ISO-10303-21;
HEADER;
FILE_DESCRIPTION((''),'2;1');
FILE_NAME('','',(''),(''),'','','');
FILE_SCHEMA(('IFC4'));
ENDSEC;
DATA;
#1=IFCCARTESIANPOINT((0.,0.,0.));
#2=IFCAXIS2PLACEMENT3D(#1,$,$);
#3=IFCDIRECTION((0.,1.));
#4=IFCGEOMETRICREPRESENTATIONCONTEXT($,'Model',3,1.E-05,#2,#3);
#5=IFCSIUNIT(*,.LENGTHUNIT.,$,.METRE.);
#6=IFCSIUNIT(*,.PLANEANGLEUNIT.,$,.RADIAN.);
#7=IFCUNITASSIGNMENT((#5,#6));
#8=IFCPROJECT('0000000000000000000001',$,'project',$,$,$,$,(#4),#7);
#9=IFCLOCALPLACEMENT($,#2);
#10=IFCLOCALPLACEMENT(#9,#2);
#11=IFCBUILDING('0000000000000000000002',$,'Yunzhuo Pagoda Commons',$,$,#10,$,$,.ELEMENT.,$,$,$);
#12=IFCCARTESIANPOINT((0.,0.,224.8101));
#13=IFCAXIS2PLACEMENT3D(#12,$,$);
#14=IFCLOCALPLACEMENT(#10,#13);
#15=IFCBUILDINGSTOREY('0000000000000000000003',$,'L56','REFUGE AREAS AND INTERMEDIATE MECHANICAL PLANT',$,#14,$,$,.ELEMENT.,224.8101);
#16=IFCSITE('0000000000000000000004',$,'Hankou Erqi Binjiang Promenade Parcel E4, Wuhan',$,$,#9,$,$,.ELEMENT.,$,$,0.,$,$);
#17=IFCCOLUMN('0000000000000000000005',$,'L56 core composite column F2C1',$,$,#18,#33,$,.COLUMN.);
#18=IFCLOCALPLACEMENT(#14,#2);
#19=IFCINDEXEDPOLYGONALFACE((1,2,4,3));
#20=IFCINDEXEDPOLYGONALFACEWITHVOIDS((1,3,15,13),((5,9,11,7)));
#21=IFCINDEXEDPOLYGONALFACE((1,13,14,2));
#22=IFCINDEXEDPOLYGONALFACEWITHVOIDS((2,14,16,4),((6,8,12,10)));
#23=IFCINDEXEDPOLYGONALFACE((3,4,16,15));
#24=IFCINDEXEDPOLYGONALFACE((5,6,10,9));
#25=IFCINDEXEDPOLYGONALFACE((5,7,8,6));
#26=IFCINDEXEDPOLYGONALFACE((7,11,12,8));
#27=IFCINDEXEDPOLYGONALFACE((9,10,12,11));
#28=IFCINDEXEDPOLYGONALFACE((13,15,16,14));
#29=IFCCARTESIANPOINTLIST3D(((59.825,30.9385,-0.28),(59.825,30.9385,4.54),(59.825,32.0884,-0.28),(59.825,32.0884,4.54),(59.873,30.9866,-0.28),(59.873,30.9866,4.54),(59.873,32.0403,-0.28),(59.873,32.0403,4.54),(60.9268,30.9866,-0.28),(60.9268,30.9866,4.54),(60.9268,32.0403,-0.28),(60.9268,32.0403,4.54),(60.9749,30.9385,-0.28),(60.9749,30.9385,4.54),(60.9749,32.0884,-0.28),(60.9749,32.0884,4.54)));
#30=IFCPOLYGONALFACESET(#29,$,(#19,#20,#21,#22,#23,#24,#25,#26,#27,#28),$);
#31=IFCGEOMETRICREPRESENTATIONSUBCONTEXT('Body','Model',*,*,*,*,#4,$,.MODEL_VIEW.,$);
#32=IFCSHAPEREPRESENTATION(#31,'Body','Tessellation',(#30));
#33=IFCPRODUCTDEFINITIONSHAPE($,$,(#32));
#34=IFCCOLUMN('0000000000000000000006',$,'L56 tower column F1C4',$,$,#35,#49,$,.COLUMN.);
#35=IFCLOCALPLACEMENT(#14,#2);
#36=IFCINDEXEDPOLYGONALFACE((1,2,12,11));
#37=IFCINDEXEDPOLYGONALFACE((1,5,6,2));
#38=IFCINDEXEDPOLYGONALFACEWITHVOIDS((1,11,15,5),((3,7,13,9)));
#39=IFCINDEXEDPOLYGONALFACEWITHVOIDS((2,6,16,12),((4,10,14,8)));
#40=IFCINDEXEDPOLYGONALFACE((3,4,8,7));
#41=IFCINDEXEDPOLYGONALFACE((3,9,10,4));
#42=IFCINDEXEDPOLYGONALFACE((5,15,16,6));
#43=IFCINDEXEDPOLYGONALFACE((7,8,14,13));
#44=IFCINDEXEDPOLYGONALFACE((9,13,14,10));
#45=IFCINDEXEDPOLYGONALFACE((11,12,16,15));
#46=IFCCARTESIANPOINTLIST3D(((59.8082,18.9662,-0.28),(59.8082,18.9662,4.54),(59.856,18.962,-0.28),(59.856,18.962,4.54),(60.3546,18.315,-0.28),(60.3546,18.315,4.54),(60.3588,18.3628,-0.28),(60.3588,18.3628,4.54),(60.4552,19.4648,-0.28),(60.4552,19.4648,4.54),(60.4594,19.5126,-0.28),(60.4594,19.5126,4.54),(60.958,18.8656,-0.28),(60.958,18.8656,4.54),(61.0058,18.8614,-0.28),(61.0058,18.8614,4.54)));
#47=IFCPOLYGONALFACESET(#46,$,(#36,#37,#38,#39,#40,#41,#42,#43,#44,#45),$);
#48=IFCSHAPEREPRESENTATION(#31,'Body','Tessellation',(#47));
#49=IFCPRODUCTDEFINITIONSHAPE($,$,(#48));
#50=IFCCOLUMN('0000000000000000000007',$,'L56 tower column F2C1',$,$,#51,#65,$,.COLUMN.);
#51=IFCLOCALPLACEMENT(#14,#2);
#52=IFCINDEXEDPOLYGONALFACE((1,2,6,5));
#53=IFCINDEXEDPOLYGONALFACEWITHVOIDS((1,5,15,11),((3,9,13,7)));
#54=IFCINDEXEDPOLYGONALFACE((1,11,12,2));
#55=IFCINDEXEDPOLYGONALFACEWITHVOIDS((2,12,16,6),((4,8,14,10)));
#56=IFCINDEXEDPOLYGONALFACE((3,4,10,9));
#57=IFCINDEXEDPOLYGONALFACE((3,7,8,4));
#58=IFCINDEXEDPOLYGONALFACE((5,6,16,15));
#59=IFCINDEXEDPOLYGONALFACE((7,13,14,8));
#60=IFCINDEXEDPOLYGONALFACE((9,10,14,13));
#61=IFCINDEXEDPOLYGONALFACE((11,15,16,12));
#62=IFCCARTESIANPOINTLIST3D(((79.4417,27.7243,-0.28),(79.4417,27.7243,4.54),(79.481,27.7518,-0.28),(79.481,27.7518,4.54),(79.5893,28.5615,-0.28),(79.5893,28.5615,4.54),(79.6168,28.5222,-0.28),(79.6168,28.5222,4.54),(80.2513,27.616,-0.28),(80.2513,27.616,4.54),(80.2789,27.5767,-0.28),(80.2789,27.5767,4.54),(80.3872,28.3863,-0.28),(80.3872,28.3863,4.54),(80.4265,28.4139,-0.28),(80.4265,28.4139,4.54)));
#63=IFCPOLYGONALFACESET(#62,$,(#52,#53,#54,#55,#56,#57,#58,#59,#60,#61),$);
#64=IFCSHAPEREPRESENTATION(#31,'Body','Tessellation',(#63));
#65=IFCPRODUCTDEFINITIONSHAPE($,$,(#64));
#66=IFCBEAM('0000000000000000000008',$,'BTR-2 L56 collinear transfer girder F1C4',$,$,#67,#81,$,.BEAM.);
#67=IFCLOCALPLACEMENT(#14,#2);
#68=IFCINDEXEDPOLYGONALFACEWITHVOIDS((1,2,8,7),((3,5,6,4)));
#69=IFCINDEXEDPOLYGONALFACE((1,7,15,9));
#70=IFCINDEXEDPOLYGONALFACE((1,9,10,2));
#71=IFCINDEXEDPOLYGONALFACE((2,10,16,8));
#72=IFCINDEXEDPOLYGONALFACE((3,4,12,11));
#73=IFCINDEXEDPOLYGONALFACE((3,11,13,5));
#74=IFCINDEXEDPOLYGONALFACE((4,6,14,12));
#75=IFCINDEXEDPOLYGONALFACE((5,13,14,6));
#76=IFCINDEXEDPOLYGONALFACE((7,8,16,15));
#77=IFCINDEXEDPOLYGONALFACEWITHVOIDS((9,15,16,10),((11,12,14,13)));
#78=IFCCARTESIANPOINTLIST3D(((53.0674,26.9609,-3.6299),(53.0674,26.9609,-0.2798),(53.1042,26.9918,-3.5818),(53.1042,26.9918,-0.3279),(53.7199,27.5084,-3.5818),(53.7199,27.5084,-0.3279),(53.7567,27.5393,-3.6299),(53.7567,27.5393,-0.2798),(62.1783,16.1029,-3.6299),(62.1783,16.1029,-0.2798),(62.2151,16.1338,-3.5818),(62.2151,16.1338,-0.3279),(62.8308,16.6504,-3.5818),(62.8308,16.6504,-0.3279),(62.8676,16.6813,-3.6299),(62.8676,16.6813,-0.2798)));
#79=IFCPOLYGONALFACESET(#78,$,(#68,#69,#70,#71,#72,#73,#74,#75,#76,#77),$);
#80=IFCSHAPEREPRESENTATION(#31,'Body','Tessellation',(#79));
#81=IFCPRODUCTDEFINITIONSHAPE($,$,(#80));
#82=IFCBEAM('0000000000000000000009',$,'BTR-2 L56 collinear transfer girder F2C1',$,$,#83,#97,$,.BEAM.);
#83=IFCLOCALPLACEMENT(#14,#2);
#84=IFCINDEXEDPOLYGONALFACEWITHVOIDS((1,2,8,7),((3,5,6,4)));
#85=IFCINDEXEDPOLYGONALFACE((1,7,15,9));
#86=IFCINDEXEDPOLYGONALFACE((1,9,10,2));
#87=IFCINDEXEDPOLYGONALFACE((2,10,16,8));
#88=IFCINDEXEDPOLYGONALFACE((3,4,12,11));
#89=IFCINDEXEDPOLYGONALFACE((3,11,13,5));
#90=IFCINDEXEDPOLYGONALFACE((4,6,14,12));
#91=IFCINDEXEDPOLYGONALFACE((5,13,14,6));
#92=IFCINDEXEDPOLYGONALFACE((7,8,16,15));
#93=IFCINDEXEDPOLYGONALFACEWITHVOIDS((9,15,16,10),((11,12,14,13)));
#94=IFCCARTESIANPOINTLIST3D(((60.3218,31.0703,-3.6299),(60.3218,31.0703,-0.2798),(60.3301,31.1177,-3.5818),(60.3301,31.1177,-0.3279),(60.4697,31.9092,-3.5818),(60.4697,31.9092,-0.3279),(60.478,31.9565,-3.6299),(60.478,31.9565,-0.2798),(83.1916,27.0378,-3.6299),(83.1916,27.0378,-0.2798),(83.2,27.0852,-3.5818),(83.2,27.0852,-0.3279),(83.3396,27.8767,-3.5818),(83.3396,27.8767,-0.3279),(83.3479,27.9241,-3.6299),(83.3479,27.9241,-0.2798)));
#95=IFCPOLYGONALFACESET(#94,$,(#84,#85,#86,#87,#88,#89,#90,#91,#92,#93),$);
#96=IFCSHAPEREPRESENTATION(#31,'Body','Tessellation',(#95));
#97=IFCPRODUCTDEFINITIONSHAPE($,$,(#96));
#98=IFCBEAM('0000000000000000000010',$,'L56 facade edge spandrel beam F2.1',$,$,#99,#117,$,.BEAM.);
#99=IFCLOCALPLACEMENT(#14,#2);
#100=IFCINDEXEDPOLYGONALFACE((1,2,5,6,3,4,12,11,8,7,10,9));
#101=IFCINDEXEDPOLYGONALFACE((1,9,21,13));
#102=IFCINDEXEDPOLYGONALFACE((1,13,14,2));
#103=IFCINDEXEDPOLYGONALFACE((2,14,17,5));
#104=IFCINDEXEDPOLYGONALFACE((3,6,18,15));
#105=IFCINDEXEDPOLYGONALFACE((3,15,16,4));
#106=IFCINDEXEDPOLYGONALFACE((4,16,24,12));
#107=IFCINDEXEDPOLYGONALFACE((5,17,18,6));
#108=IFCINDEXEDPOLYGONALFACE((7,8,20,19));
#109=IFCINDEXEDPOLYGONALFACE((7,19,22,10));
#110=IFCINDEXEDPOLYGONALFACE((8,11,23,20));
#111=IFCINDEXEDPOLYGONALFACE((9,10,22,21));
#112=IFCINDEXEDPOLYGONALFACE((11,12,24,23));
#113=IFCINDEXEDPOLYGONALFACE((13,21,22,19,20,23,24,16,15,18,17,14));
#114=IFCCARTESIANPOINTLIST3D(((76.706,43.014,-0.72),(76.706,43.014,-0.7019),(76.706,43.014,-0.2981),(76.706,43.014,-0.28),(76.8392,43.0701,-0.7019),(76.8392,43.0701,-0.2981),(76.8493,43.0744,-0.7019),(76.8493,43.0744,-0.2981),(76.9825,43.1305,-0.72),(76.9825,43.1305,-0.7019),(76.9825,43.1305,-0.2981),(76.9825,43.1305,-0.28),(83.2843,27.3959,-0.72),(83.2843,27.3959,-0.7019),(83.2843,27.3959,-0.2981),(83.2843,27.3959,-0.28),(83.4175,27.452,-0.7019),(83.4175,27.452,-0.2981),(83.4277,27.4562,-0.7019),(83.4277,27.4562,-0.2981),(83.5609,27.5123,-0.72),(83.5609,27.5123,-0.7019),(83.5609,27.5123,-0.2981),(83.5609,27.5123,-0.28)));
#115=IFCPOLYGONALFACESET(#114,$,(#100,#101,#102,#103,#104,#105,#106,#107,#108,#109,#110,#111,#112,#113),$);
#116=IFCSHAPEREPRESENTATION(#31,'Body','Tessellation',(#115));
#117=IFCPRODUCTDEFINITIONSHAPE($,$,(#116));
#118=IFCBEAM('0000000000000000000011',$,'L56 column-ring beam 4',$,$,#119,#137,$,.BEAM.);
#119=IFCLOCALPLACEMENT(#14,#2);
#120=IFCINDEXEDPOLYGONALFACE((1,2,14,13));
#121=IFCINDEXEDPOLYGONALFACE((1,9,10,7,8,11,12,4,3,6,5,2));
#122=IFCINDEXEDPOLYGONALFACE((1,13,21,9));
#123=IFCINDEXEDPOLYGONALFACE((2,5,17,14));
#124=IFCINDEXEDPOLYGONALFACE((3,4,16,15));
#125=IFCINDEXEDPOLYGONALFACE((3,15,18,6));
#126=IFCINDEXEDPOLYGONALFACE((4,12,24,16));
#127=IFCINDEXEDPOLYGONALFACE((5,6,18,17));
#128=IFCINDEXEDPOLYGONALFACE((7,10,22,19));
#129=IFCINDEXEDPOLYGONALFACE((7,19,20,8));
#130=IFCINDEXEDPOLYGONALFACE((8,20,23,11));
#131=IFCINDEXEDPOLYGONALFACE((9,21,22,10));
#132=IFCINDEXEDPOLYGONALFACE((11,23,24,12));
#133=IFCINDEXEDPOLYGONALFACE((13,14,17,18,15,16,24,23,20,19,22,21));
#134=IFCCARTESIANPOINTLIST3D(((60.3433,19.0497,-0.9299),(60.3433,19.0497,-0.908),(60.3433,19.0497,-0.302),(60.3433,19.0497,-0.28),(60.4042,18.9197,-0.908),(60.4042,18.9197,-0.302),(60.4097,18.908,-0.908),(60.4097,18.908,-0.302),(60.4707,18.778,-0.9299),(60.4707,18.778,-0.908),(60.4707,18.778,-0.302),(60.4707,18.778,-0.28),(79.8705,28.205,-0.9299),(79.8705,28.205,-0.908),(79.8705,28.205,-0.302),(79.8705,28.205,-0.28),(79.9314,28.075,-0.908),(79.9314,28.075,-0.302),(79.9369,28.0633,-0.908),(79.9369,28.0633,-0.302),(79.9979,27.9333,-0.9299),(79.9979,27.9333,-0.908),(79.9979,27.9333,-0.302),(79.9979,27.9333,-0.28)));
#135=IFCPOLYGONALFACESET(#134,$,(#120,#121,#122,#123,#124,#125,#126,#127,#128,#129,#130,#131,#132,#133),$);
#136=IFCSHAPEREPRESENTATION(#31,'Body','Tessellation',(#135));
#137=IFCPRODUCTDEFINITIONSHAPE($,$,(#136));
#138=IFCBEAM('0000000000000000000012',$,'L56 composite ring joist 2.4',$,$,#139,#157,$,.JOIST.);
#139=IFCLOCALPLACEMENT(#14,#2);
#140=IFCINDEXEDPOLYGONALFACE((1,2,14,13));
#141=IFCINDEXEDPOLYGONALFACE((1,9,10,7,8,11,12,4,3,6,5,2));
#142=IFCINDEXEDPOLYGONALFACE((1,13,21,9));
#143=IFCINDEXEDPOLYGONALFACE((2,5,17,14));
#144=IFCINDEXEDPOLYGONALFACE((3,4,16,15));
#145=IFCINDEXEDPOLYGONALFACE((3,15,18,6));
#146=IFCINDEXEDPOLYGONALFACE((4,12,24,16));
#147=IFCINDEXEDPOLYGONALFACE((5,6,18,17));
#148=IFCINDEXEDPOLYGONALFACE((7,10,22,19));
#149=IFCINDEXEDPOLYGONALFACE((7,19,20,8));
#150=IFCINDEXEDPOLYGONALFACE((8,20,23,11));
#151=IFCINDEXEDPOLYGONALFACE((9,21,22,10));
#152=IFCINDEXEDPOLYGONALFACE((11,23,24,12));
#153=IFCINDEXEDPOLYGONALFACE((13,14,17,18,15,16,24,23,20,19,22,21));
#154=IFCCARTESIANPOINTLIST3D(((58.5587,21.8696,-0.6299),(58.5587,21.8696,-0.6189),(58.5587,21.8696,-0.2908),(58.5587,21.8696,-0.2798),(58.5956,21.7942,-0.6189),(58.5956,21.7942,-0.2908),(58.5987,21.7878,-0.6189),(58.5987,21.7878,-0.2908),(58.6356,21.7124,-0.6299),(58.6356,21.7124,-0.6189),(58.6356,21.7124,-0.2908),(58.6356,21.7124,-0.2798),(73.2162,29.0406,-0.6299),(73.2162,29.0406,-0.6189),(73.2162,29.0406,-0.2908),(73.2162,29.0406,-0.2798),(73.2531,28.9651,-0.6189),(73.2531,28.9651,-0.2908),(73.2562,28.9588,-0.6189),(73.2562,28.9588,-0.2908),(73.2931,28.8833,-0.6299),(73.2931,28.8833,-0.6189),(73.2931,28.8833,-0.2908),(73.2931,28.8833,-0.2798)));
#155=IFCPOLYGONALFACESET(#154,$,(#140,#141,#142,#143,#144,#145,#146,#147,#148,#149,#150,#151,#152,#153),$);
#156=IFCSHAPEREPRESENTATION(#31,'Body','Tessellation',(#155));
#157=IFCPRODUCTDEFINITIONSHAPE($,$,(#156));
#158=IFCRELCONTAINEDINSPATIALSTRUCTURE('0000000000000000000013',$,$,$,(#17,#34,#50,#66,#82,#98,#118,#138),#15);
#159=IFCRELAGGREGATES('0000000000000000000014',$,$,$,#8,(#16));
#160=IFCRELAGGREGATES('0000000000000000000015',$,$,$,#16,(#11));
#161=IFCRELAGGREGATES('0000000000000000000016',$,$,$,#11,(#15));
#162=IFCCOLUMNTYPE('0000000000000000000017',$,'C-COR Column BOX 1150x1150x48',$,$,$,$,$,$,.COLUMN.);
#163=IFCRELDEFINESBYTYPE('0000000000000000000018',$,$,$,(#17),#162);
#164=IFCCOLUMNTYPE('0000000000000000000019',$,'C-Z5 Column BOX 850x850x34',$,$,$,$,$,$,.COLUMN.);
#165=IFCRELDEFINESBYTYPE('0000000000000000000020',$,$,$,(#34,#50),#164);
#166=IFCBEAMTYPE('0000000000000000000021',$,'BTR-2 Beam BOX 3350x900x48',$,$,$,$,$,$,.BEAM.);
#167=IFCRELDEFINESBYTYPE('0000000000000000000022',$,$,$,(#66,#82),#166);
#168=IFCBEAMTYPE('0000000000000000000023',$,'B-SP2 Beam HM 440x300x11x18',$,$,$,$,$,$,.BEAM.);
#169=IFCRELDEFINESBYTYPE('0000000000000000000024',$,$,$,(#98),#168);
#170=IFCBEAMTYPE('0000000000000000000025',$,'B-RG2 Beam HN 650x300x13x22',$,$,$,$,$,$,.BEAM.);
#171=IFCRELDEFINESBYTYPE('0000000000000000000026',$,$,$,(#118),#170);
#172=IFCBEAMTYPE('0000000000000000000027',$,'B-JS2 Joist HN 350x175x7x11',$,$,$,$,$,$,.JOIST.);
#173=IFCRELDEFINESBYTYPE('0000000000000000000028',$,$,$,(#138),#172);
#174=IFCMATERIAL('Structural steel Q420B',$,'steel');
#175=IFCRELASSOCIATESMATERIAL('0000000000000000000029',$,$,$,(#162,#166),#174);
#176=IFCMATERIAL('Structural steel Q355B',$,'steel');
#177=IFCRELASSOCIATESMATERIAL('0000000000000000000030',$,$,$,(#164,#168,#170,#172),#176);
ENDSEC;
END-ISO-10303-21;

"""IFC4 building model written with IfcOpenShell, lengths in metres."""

from ifc_helpers import new_model, si_unit, direction, frame, origin, origin_2d, place, context, subcontext, project, spatial, hollow_rectangle, i_section, extrude, source, transform, mapped, material, material_profile, profile_set, type_object, element, save


model = new_model("IFC4")

# Units and contexts
model_context = context("Model", 3, precision=1e-05, world=origin(), true_north=direction((0.0, 1.0)))
body_context = subcontext(model_context, "Body", "Model", "MODEL_VIEW")
ifc_project = project(units=[si_unit("LENGTHUNIT", "METRE"), si_unit("PLANEANGLEUNIT", "RADIAN")], contexts=[model_context])

# Site, building, storey
site_placement = place(None, origin())
site = spatial("IfcSite", under=ifc_project, at=site_placement, Name="Hankou Erqi Binjiang Promenade Parcel E4, Wuhan", CompositionType="ELEMENT", RefElevation=0.0)
building_placement = place(site_placement, origin())
building = spatial("IfcBuilding", under=site, at=building_placement, Name="Yunzhuo Pagoda Commons", CompositionType="ELEMENT")
storey_placement = place(building_placement, frame((0.0, 0.0, 224.8101)))
storey = spatial("IfcBuildingStorey", under=building, at=storey_placement, Name="L56", Description="REFUGE AREAS AND INTERMEDIATE MECHANICAL PLANT", CompositionType="ELEMENT", Elevation=224.8101)

# Columns
ifc_material_1 = material(Name="Structural steel Q420B", Category="steel")
ifc_material_profile_1 = material_profile(ifc_material_1, hollow_rectangle(XDim=1.1499, YDim=1.1499, WallThickness=0.0481, at=origin_2d()), Name="Structural steel Q420B")
ifc_profile_set_1 = profile_set([ifc_material_profile_1], Name="Structural steel Q420B")
column_type_1 = type_object("IfcColumnType", Name="C-COR Column BOX 1150x1150x48", PredefinedType="COLUMN", material=ifc_profile_set_1)
shared_shape_1 = source(origin(), body_context, "Body", "SweptSolid", [
    extrude(hollow_rectangle(XDim=1.1499, YDim=1.1499, WallThickness=0.0481, at=origin_2d()), origin(), (0.0, 0.0, 1.0), 4.8201),
])
column_placement = place(storey_placement, frame((60.3999, 31.5134, -0.28), z_axis=(0.0, 0.0, 1.0), x_axis=(1.0, 0.0, 0.0)))
element("IfcColumn", 1, at=column_placement, inside=storey, type_object=column_type_1, Name="L56 core composite column F2C1", PredefinedType="COLUMN", context=body_context, shape_type="MappedRepresentation", body=[
    mapped(shared_shape_1, transform((0.0, 0.0, 0.0), scale=1.0)),
])
ifc_material_2 = material(Name="Structural steel Q355B", Category="steel")
ifc_material_profile_2 = material_profile(ifc_material_2, hollow_rectangle(XDim=0.8501, YDim=0.8501, WallThickness=0.0339, at=origin_2d()), Name="Structural steel Q355B")
ifc_profile_set_2 = profile_set([ifc_material_profile_2], Name="Structural steel Q355B")
column_type_2 = type_object("IfcColumnType", Name="C-Z5 Column BOX 850x850x34", PredefinedType="COLUMN", material=ifc_profile_set_2)
shared_shape_2 = source(origin(), body_context, "Body", "SweptSolid", [
    extrude(hollow_rectangle(XDim=0.8501, YDim=0.8501, WallThickness=0.0339, at=origin_2d()), origin(), (0.0, 0.0, 1.0), 4.8201),
])
for number, where, z_axis, x_axis, name in (
    (2, (60.407, 18.9138, -0.28), (0.0, 0.0, 1.0), (0.766044, 0.642788, 0.0), "L56 tower column F1C4"),
    (3, (79.9341, 28.0691, -0.28), (0.0, 0.0, 1.0), (0.173648, 0.984808, 0.0), "L56 tower column F2C1"),
):
    element("IfcColumn", number, at=place(storey_placement, frame(where, z_axis=z_axis, x_axis=x_axis)), inside=storey, type_object=column_type_2, Name=name, PredefinedType="COLUMN", context=body_context, shape_type="MappedRepresentation", body=[
        mapped(shared_shape_2, transform((0.0, 0.0, 0.0), scale=1.0)),
    ])

# Beams
ifc_material_profile_3 = material_profile(ifc_material_1, hollow_rectangle(XDim=0.8999, YDim=3.3501, WallThickness=0.0481, at=origin_2d()), Name="Structural steel Q420B")
ifc_profile_set_3 = profile_set([ifc_material_profile_3], Name="Structural steel Q420B")
beam_type_1 = type_object("IfcBeamType", Name="BTR-2 Beam BOX 3350x900x48", PredefinedType="BEAM", material=ifc_profile_set_3)
shared_shape_3 = source(origin(), body_context, "Body", "SweptSolid", [
    extrude(hollow_rectangle(XDim=0.8999, YDim=3.3501, WallThickness=0.0481, at=origin_2d()), origin(), (0.0, 0.0, 1.0), 14.1741),
])
beam_1_placement = place(storey_placement, frame((62.5229, 16.3921, -1.9548), z_axis=(-0.642786, 0.766045, 0.0), x_axis=(-0.766045, -0.642786, 0.0)))
element("IfcBeam", 4, at=beam_1_placement, inside=storey, type_object=beam_type_1, Name="BTR-2 L56 collinear transfer girder F1C4", PredefinedType="BEAM", context=body_context, shape_type="MappedRepresentation", body=[
    mapped(shared_shape_3, transform((0.0, 0.0, 0.0), scale=1.0)),
])
shared_shape_4 = source(origin(), body_context, "Body", "SweptSolid", [
    extrude(hollow_rectangle(XDim=0.8999, YDim=3.3501, WallThickness=0.0481, at=origin_2d()), origin(), (0.0, 0.0, 1.0), 23.2227),
])
beam_2_placement = place(storey_placement, frame((83.2698, 27.481, -1.9548), z_axis=(-0.984809, 0.173644, 0.0), x_axis=(-0.173644, -0.984809, 0.0)))
element("IfcBeam", 5, at=beam_2_placement, inside=storey, type_object=beam_type_1, Name="BTR-2 L56 collinear transfer girder F2C1", PredefinedType="BEAM", context=body_context, shape_type="MappedRepresentation", body=[
    mapped(shared_shape_4, transform((0.0, 0.0, 0.0), scale=1.0)),
])
ifc_material_profile_4 = material_profile(ifc_material_2, i_section(OverallWidth=0.3, OverallDepth=0.4399, WebThickness=0.011, FlangeThickness=0.0181, at=origin_2d()), Name="Structural steel Q355B")
ifc_profile_set_4 = profile_set([ifc_material_profile_4], Name="Structural steel Q355B")
beam_type_2 = type_object("IfcBeamType", Name="B-SP2 Beam HM 440x300x11x18", PredefinedType="BEAM", material=ifc_profile_set_4)
shared_shape_5 = source(origin(), body_context, "Body", "SweptSolid", [
    extrude(i_section(OverallWidth=0.3, OverallDepth=0.4399, WebThickness=0.011, FlangeThickness=0.0181, at=origin_2d()), origin(), (0.0, 0.0, 1.0), 16.947),
])
beam_3_placement = place(storey_placement, frame((83.4226, 27.4541, -0.5), z_axis=(-0.388172, 0.921587, 0.0), x_axis=(-0.921587, -0.388172, 0.0)))
element("IfcBeam", 6, at=beam_3_placement, inside=storey, type_object=beam_type_2, Name="L56 facade edge spandrel beam F2.1", PredefinedType="BEAM", context=body_context, shape_type="MappedRepresentation", body=[
    mapped(shared_shape_5, transform((0.0, 0.0, 0.0), scale=1.0)),
])
ifc_material_profile_5 = material_profile(ifc_material_2, i_section(OverallWidth=0.3, OverallDepth=0.6499, WebThickness=0.0129, FlangeThickness=0.022, at=origin_2d()), Name="Structural steel Q355B")
ifc_profile_set_5 = profile_set([ifc_material_profile_5], Name="Structural steel Q355B")
beam_type_3 = type_object("IfcBeamType", Name="B-RG2 Beam HN 650x300x13x22", PredefinedType="BEAM", material=ifc_profile_set_5)
shared_shape_6 = source(origin(), body_context, "Body", "SweptSolid", [
    extrude(i_section(OverallWidth=0.3, OverallDepth=0.6499, WebThickness=0.0129, FlangeThickness=0.022, at=origin_2d()), origin(), (0.0, 0.0, 1.0), 21.5669),
])
beam_4_placement = place(storey_placement, frame((60.407, 18.9138, -0.605), z_axis=(0.905424, 0.424508, 0.0), x_axis=(-0.424508, 0.905424, 0.0)))
element("IfcBeam", 7, at=beam_4_placement, inside=storey, type_object=beam_type_3, Name="L56 column-ring beam 4", PredefinedType="BEAM", context=body_context, shape_type="MappedRepresentation", body=[
    mapped(shared_shape_6, transform((0.0, 0.0, 0.0), scale=1.0)),
])
ifc_material_profile_6 = material_profile(ifc_material_2, i_section(OverallWidth=0.175, OverallDepth=0.3501, WebThickness=0.0071, FlangeThickness=0.011, at=origin_2d()), Name="Structural steel Q355B")
ifc_profile_set_6 = profile_set([ifc_material_profile_6], Name="Structural steel Q355B")
beam_type_4 = type_object("IfcBeamType", Name="B-JS2 Joist HN 350x175x7x11", PredefinedType="JOIST", material=ifc_profile_set_6)
shared_shape_7 = source(origin(), body_context, "Body", "SweptSolid", [
    extrude(i_section(OverallWidth=0.175, OverallDepth=0.3501, WebThickness=0.0071, FlangeThickness=0.011, at=origin_2d()), origin(), (0.0, 0.0, 1.0), 16.3176),
])
beam_5_placement = place(storey_placement, frame((58.5972, 21.791, -0.4548), z_axis=(0.898263, 0.439459, 0.0), x_axis=(-0.439459, 0.898263, 0.0)))
element("IfcBeam", 8, at=beam_5_placement, inside=storey, type_object=beam_type_4, Name="L56 composite ring joist 2.4", PredefinedType="JOIST", context=body_context, shape_type="MappedRepresentation", body=[
    mapped(shared_shape_7, transform((0.0, 0.0, 0.0), scale=1.0)),
])

save(model, "model.ifc")
